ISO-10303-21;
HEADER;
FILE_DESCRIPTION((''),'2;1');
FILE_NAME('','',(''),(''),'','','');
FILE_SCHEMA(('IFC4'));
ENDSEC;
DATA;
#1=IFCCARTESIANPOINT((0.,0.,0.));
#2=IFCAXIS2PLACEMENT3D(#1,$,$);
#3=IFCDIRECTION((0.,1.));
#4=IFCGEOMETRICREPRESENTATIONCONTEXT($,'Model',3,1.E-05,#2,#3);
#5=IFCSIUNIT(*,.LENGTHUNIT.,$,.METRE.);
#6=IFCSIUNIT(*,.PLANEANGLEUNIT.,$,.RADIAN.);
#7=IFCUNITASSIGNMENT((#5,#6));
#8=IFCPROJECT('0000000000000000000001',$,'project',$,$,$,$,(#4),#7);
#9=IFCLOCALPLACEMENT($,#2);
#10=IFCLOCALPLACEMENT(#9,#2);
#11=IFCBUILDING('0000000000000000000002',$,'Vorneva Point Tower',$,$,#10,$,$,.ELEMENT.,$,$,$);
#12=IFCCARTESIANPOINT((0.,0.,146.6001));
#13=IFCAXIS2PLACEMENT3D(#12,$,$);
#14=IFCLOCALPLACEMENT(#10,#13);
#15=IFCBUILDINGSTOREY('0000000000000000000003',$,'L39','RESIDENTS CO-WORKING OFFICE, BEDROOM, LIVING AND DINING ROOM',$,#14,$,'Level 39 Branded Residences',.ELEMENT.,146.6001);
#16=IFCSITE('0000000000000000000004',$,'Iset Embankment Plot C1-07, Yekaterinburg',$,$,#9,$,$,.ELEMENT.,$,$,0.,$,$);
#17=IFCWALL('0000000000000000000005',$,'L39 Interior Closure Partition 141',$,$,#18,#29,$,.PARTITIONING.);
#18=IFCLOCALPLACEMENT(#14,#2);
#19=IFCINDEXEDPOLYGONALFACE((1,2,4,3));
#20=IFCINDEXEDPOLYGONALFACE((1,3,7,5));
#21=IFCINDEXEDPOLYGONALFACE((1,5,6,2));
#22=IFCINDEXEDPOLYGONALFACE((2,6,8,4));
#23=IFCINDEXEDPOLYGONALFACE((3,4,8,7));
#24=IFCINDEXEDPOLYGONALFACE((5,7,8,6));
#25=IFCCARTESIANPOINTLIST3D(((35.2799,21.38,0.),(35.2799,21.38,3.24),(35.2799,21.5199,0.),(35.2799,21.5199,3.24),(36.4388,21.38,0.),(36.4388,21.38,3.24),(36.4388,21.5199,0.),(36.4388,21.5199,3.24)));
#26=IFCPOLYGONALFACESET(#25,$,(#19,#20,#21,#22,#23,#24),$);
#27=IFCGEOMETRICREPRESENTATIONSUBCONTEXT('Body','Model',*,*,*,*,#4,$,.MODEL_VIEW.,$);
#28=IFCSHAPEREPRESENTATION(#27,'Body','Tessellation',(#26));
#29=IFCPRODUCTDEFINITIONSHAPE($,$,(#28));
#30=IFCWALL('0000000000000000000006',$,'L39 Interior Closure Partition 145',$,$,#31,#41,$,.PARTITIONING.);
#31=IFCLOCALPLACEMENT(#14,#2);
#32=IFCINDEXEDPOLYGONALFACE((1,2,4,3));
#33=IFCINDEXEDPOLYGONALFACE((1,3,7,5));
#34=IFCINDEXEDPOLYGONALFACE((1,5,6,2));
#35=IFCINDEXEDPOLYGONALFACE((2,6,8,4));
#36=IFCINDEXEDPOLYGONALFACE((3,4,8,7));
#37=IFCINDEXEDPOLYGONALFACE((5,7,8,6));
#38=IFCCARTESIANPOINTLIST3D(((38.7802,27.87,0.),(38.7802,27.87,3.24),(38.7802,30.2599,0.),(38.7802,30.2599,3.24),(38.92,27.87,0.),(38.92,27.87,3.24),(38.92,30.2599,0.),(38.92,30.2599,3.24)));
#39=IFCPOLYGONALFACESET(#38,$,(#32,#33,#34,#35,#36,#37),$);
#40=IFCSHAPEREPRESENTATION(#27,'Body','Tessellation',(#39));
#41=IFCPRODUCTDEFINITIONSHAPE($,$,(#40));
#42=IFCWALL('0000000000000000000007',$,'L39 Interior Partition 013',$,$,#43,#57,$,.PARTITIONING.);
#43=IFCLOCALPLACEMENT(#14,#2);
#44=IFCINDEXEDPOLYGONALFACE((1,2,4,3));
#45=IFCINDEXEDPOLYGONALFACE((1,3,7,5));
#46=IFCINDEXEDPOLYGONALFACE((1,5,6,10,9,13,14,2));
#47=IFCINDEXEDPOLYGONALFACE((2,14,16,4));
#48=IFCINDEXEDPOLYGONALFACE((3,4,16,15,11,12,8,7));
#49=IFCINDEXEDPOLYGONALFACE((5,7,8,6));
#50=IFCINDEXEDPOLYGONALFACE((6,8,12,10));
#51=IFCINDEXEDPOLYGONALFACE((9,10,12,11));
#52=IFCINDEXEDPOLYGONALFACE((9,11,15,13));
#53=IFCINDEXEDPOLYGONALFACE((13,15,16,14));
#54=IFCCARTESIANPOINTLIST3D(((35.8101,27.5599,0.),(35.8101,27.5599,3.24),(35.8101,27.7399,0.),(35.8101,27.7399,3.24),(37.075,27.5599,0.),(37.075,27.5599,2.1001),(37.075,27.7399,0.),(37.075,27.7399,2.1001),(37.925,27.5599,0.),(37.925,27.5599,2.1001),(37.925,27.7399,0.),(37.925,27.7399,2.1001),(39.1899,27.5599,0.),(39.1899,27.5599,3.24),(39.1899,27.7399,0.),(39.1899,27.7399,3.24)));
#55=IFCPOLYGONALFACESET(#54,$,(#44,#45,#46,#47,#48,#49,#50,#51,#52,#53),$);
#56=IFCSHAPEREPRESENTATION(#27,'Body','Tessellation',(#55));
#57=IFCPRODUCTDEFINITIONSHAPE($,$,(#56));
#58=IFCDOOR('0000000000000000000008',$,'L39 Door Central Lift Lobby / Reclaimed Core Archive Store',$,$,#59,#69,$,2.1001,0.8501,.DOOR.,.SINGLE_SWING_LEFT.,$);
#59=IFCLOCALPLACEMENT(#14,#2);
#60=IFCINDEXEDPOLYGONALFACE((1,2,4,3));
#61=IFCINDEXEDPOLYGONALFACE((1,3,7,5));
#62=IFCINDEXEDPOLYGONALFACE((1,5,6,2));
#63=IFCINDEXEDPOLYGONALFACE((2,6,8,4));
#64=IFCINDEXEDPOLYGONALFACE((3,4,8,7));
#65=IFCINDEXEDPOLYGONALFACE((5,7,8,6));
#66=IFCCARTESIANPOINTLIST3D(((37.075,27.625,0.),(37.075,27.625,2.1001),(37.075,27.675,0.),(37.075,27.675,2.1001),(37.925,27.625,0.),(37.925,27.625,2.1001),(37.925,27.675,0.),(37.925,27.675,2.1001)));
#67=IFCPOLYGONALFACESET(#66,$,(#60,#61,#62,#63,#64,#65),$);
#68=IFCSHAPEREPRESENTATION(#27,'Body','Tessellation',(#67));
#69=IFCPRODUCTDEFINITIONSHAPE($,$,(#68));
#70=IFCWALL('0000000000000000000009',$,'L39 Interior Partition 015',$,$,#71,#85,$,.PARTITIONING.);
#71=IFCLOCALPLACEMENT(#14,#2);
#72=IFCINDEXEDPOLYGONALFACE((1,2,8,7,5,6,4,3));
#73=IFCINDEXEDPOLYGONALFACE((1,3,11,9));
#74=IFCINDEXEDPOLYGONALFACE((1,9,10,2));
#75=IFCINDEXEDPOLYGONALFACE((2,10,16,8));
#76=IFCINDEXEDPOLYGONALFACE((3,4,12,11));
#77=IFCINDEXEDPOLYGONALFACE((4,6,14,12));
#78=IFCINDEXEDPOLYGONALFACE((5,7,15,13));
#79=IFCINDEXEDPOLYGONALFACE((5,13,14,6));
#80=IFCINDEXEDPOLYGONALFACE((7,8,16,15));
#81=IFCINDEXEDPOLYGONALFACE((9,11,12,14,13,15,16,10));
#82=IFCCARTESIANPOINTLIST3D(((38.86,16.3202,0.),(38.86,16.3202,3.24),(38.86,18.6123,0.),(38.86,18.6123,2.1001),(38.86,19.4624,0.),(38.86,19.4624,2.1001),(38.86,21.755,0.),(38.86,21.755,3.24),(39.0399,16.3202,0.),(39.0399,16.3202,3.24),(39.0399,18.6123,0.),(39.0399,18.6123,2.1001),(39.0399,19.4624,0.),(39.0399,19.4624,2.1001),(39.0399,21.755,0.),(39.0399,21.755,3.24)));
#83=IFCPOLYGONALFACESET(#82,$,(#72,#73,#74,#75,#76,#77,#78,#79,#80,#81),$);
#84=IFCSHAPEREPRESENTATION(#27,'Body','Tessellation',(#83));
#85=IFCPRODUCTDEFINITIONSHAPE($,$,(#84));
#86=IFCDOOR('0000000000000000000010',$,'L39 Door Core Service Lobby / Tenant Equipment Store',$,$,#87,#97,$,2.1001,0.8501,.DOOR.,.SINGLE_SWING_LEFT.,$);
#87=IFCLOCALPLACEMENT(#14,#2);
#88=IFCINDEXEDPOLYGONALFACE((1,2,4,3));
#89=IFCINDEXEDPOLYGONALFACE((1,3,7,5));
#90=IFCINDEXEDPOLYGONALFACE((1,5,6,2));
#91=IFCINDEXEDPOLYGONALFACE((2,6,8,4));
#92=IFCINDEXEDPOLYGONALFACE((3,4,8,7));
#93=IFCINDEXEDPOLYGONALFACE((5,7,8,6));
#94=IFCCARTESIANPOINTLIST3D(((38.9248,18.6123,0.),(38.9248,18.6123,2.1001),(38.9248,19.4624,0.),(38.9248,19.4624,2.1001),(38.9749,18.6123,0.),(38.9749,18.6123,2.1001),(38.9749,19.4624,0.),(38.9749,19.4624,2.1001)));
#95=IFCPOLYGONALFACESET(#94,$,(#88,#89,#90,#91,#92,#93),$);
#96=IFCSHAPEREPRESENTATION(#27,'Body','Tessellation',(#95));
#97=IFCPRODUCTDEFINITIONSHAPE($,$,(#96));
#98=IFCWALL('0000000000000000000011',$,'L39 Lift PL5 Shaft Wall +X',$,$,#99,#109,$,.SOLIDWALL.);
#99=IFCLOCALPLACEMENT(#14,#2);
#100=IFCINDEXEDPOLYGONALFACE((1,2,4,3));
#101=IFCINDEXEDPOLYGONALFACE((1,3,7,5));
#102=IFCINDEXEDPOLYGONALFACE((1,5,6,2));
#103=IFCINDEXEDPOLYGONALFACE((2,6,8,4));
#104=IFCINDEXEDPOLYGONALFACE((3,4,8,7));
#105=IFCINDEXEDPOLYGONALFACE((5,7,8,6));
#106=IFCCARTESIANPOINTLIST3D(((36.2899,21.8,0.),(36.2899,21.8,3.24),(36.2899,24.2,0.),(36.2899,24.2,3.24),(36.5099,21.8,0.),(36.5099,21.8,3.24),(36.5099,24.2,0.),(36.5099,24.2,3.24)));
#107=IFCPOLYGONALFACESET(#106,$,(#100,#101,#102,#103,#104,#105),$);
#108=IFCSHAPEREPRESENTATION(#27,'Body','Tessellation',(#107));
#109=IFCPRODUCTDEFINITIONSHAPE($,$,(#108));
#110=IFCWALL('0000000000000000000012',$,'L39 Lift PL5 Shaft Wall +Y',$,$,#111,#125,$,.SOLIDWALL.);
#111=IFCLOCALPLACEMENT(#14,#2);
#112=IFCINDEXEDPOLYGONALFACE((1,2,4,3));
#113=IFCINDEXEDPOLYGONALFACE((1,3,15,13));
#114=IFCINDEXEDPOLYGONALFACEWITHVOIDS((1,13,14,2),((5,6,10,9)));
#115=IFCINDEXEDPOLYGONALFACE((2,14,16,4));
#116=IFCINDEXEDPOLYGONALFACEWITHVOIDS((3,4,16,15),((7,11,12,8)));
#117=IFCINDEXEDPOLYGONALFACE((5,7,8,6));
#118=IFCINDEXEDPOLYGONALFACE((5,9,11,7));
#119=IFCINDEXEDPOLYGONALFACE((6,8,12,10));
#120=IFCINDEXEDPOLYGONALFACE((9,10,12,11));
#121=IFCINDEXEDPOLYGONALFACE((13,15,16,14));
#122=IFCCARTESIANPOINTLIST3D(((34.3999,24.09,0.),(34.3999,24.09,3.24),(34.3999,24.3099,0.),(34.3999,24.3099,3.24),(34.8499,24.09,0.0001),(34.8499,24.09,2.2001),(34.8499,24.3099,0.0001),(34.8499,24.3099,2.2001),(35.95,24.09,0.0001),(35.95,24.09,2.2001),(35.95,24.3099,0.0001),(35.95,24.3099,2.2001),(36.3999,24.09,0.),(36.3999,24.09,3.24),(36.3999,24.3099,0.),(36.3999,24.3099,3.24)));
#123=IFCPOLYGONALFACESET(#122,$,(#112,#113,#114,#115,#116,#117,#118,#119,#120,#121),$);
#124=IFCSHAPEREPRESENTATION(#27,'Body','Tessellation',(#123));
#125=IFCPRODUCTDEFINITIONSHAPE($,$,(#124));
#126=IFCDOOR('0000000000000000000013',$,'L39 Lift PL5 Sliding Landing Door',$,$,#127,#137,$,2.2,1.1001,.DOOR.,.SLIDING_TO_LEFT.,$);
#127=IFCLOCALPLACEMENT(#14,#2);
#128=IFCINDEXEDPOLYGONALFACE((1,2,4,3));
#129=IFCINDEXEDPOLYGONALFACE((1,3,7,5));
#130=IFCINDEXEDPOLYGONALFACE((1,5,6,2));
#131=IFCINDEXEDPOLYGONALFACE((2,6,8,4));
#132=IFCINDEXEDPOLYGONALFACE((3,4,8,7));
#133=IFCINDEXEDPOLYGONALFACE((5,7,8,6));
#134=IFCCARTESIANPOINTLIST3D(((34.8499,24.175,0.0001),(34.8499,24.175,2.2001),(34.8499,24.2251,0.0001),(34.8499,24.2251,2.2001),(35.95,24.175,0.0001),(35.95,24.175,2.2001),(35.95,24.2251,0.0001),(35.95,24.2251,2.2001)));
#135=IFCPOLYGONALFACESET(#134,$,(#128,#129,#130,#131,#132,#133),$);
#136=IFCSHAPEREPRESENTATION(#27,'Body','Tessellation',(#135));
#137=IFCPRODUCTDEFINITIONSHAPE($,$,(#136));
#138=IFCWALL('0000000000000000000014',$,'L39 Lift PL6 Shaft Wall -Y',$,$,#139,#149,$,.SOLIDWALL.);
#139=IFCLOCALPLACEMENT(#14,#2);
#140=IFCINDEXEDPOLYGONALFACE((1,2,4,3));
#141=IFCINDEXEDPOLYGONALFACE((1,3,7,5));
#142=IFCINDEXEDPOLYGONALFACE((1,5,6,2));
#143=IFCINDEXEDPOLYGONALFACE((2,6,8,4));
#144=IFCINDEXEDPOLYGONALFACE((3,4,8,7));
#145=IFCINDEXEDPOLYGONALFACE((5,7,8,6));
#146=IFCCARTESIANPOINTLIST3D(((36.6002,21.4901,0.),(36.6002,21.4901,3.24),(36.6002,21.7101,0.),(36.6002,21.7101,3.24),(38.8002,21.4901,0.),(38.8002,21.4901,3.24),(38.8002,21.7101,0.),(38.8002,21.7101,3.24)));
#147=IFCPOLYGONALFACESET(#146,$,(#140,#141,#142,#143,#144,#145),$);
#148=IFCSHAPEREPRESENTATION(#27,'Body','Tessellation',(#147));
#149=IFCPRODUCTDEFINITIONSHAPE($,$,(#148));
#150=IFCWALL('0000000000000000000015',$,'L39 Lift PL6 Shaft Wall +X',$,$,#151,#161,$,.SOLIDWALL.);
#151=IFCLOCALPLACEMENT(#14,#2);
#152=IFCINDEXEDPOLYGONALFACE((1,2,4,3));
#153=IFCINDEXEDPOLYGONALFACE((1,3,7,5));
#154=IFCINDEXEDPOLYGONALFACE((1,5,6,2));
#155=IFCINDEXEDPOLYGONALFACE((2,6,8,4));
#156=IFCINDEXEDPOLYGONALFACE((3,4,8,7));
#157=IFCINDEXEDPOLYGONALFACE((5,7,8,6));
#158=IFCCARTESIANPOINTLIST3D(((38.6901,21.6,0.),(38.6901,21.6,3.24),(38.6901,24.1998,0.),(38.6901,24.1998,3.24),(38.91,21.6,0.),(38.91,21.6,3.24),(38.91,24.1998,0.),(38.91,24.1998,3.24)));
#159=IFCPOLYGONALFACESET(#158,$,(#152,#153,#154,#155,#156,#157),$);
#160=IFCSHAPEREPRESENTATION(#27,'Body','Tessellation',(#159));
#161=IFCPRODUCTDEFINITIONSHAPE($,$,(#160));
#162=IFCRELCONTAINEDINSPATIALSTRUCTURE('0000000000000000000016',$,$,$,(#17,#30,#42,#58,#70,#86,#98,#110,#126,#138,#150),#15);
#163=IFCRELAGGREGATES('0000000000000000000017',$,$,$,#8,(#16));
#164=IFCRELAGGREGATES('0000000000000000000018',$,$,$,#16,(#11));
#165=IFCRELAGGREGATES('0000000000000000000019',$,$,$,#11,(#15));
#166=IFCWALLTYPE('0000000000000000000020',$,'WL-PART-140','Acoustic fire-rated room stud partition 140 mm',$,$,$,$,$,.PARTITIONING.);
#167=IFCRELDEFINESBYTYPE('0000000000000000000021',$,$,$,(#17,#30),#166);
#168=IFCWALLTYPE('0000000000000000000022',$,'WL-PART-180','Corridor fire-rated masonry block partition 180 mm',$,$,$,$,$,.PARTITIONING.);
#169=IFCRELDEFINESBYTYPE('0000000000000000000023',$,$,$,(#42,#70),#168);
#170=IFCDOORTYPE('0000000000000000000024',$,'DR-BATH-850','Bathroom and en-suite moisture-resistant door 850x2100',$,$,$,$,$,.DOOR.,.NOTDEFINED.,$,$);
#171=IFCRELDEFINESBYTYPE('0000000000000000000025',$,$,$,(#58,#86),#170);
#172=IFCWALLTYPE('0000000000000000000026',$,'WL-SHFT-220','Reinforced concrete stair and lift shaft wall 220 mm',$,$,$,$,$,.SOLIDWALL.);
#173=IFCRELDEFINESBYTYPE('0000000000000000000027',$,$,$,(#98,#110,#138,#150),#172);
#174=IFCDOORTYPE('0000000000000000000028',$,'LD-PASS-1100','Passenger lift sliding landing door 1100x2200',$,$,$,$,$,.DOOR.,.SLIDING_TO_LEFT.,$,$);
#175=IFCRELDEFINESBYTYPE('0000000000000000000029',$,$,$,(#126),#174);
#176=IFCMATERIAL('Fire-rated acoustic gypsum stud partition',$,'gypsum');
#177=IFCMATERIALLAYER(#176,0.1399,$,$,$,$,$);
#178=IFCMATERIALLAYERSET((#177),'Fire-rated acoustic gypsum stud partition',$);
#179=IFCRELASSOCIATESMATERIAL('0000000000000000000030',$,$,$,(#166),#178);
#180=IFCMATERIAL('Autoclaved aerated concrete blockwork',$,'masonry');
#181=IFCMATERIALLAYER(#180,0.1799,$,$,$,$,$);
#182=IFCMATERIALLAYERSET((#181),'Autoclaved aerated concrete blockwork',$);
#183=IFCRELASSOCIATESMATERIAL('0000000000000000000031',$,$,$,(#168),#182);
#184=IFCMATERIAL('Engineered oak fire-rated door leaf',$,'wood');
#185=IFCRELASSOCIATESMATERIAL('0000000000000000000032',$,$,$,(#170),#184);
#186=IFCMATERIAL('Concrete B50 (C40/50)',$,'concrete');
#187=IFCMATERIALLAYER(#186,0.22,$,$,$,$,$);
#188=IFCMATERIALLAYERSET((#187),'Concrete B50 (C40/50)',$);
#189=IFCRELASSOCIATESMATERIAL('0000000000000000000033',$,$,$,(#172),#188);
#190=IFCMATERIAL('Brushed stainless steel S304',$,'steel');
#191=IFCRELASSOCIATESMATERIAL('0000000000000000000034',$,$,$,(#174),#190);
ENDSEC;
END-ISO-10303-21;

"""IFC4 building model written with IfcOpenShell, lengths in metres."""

from ifc_helpers import new_model, si_unit, direction, frame, frame_2d, origin, place, context, subcontext, project, spatial, rectangle, extrude, material, layer, layer_set, type_object, element, fill, save


model = new_model("IFC4")

# Units and contexts
model_context = context("Model", 3, precision=1e-05, world=origin(), true_north=direction((0.0, 1.0)))
body_context = subcontext(model_context, "Body", "Model", "MODEL_VIEW")
ifc_project = project(units=[si_unit("LENGTHUNIT", "METRE"), si_unit("PLANEANGLEUNIT", "RADIAN")], contexts=[model_context])

# Site, building, storey
site_placement = place(None, origin())
site = spatial("IfcSite", under=ifc_project, at=site_placement, Name="Iset Embankment Plot C1-07, Yekaterinburg", CompositionType="ELEMENT", RefElevation=0.0)
building_placement = place(site_placement, origin())
building = spatial("IfcBuilding", under=site, at=building_placement, Name="Vorneva Point Tower", CompositionType="ELEMENT")
storey_placement = place(building_placement, frame((0.0, 0.0, 146.6001)))
storey = spatial("IfcBuildingStorey", under=building, at=storey_placement, Name="L39", Description="RESIDENTS CO-WORKING OFFICE, BEDROOM, LIVING AND DINING ROOM", LongName="Level 39 Branded Residences", CompositionType="ELEMENT", Elevation=146.6001)

# Walls
ifc_material_1 = material(Name="Fire-rated acoustic gypsum stud partition", Category="gypsum")
ifc_layer_1 = layer(ifc_material_1, 0.1399)
ifc_layer_set_1 = layer_set([ifc_layer_1], Name="Fire-rated acoustic gypsum stud partition")
wall_type_1 = type_object("IfcWallType", Name="WL-PART-140", Description="Acoustic fire-rated room stud partition 140 mm", PredefinedType="PARTITIONING", material=ifc_layer_set_1)
wall_1_placement = place(storey_placement, frame((36.439, 21.45, 0.0), z_axis=(0.0, 0.0, 1.0), x_axis=(-1.0, 0.0, 0.0)))
element("IfcWall", 1, at=wall_1_placement, inside=storey, type_object=wall_type_1, Name="L39 Interior Closure Partition 141", PredefinedType="PARTITIONING", context=body_context, shape_type="SweptSolid", body=[
    extrude(rectangle(XDim=1.1589, YDim=0.1399, at=frame_2d((0.5796, 0.0))), origin(), (0.0, 0.0, 1.0), 3.24),
])
wall_2_placement = place(storey_placement, frame((38.8501, 27.8701, 0.0), z_axis=(0.0, 0.0, 1.0), x_axis=(0.0, 1.0, 0.0)))
element("IfcWall", 2, at=wall_2_placement, inside=storey, type_object=wall_type_1, Name="L39 Interior Closure Partition 145", PredefinedType="PARTITIONING", context=body_context, shape_type="SweptSolid", body=[
    extrude(rectangle(XDim=2.3899, YDim=0.1399, at=frame_2d((1.1948, 0.0))), origin(), (0.0, 0.0, 1.0), 3.24),
])

# Walls, openings, doors
ifc_material_2 = material(Name="Autoclaved aerated concrete blockwork", Category="masonry")
ifc_layer_2 = layer(ifc_material_2, 0.1799)
ifc_layer_set_2 = layer_set([ifc_layer_2], Name="Autoclaved aerated concrete blockwork")
wall_type_2 = type_object("IfcWallType", Name="WL-PART-180", Description="Corridor fire-rated masonry block partition 180 mm", PredefinedType="PARTITIONING", material=ifc_layer_set_2)
wall_3_placement = place(storey_placement, frame((39.1899, 27.6499, 0.0), z_axis=(0.0, 0.0, 1.0), x_axis=(-1.0, 0.0, 0.0)))
wall_3 = element("IfcWall", 3, at=wall_3_placement, inside=storey, type_object=wall_type_2, Name="L39 Interior Partition 013", PredefinedType="PARTITIONING", context=body_context, shape_type="SweptSolid", body=[
    extrude(rectangle(XDim=3.3799, YDim=0.1799, at=frame_2d((1.6899, 0.0))), origin(), (0.0, 0.0, 1.0), 3.24),
])
opening_1_placement = place(wall_3_placement, frame((1.2649, 0.0, 0.0)))
opening_1 = element("IfcOpeningElement", 4, at=opening_1_placement, cuts=wall_3, PredefinedType="OPENING", context=body_context, shape_type="SweptSolid", body=[
    extrude(rectangle(XDim=0.8501, YDim=2.1001, at=frame_2d((0.425, 1.05))), frame((0.0, 0.105, 0.0), z_axis=(0.0, -1.0, 0.0), x_axis=(1.0, 0.0, 0.0)), (0.0, 0.0, 1.0), 0.2097),
])
ifc_material_3 = material(Name="Engineered oak fire-rated door leaf", Category="wood")
door_type_1 = type_object("IfcDoorType", Name="DR-BATH-850", Description="Bathroom and en-suite moisture-resistant door 850x2100", OperationType="NOTDEFINED", PredefinedType="DOOR", material=ifc_material_3)
door_1_placement = place(opening_1_placement, origin())
door_1 = element("IfcDoor", 5, at=door_1_placement, inside=storey, type_object=door_type_1, Name="L39 Door Central Lift Lobby / Reclaimed Core Archive Store", OperationType="SINGLE_SWING_LEFT", OverallHeight=2.1001, OverallWidth=0.8501, PredefinedType="DOOR", context=body_context, shape_type="SweptSolid", body=[
    extrude(rectangle(XDim=0.8501, YDim=2.1001, at=frame_2d((0.425, 1.05))), frame((0.0, 0.0249, 0.0), z_axis=(0.0, -1.0, 0.0), x_axis=(1.0, 0.0, 0.0)), (0.0, 0.0, 1.0), 0.05),
])
fill(opening_1, door_1)
wall_4_placement = place(storey_placement, frame((38.95, 21.7549, 0.0), z_axis=(0.0, 0.0, 1.0), x_axis=(0.0, -1.0, 0.0)))
wall_4 = element("IfcWall", 6, at=wall_4_placement, inside=storey, type_object=wall_type_2, Name="L39 Interior Partition 015", PredefinedType="PARTITIONING", context=body_context, shape_type="SweptSolid", body=[
    extrude(rectangle(XDim=5.4348, YDim=0.1799, at=frame_2d((2.7173, 0.0))), origin(), (0.0, 0.0, 1.0), 3.24),
])
opening_2_placement = place(wall_4_placement, frame((2.2925, 0.0, 0.0)))
opening_2 = element("IfcOpeningElement", 7, at=opening_2_placement, cuts=wall_4, PredefinedType="OPENING", context=body_context, shape_type="SweptSolid", body=[
    extrude(rectangle(XDim=0.8501, YDim=2.1001, at=frame_2d((0.425, 1.05))), frame((0.0, 0.105, 0.0), z_axis=(0.0, -1.0, 0.0), x_axis=(1.0, 0.0, 0.0)), (0.0, 0.0, 1.0), 0.2097),
])
door_2_placement = place(opening_2_placement, origin())
door_2 = element("IfcDoor", 8, at=door_2_placement, inside=storey, type_object=door_type_1, Name="L39 Door Core Service Lobby / Tenant Equipment Store", OperationType="SINGLE_SWING_LEFT", OverallHeight=2.1001, OverallWidth=0.8501, PredefinedType="DOOR", context=body_context, shape_type="SweptSolid", body=[
    extrude(rectangle(XDim=0.8501, YDim=2.1001, at=frame_2d((0.425, 1.05))), frame((0.0, 0.0249, 0.0), z_axis=(0.0, -1.0, 0.0), x_axis=(1.0, 0.0, 0.0)), (0.0, 0.0, 1.0), 0.05),
])
fill(opening_2, door_2)

# Wall
ifc_material_4 = material(Name="Concrete B50 (C40/50)", Category="concrete")
ifc_layer_3 = layer(ifc_material_4, 0.22)
ifc_layer_set_3 = layer_set([ifc_layer_3], Name="Concrete B50 (C40/50)")
wall_type_3 = type_object("IfcWallType", Name="WL-SHFT-220", Description="Reinforced concrete stair and lift shaft wall 220 mm", PredefinedType="SOLIDWALL", material=ifc_layer_set_3)
wall_5_placement = place(storey_placement, frame((36.3999, 21.8, 0.0), z_axis=(0.0, 0.0, 1.0), x_axis=(0.0, 1.0, 0.0)))
element("IfcWall", 9, at=wall_5_placement, inside=storey, type_object=wall_type_3, Name="L39 Lift PL5 Shaft Wall +X", PredefinedType="SOLIDWALL", context=body_context, shape_type="SweptSolid", body=[
    extrude(rectangle(XDim=2.3999, YDim=0.22, at=frame_2d((1.2, 0.0))), origin(), (0.0, 0.0, 1.0), 3.24),
])

# Wall, opening, door
wall_6_placement = place(storey_placement, frame((36.3999, 24.2, 0.0), z_axis=(0.0, 0.0, 1.0), x_axis=(-1.0, 0.0, 0.0)))
wall_6 = element("IfcWall", 10, at=wall_6_placement, inside=storey, type_object=wall_type_3, Name="L39 Lift PL5 Shaft Wall +Y", PredefinedType="SOLIDWALL", context=body_context, shape_type="SweptSolid", body=[
    extrude(rectangle(XDim=2.0, YDim=0.22, at=frame_2d((1.0, 0.0))), origin(), (0.0, 0.0, 1.0), 3.24),
])
opening_3_placement = place(wall_6_placement, frame((0.45, 0.0, 0.0)))
opening_3 = element("IfcOpeningElement", 11, at=opening_3_placement, cuts=wall_6, PredefinedType="OPENING", context=body_context, shape_type="SweptSolid", body=[
    extrude(rectangle(XDim=1.1001, YDim=2.2, at=frame_2d((0.55, 1.1001))), frame((0.0, 0.125, 0.0), z_axis=(0.0, -1.0, 0.0), x_axis=(1.0, 0.0, 0.0)), (0.0, 0.0, 1.0), 0.2498),
])
ifc_material_5 = material(Name="Brushed stainless steel S304", Category="steel")
door_type_2 = type_object("IfcDoorType", Name="LD-PASS-1100", Description="Passenger lift sliding landing door 1100x2200", OperationType="SLIDING_TO_LEFT", PredefinedType="DOOR", material=ifc_material_5)
door_3_placement = place(opening_3_placement, origin())
door_3 = element("IfcDoor", 12, at=door_3_placement, inside=storey, type_object=door_type_2, Name="L39 Lift PL5 Sliding Landing Door", OperationType="SLIDING_TO_LEFT", OverallHeight=2.2, OverallWidth=1.1001, PredefinedType="DOOR", context=body_context, shape_type="SweptSolid", body=[
    extrude(rectangle(XDim=1.1001, YDim=2.2, at=frame_2d((0.55, 1.1001))), frame((0.0, 0.0249, 0.0), z_axis=(0.0, -1.0, 0.0), x_axis=(1.0, 0.0, 0.0)), (0.0, 0.0, 1.0), 0.05),
])
fill(opening_3, door_3)

# Walls
wall_7_placement = place(storey_placement, frame((36.6001, 21.6001, 0.0), z_axis=(0.0, 0.0, 1.0), x_axis=(1.0, 0.0, 0.0)))
element("IfcWall", 13, at=wall_7_placement, inside=storey, type_object=wall_type_3, Name="L39 Lift PL6 Shaft Wall -Y", PredefinedType="SOLIDWALL", context=body_context, shape_type="SweptSolid", body=[
    extrude(rectangle(XDim=2.2, YDim=0.22, at=frame_2d((1.1001, 0.0))), origin(), (0.0, 0.0, 1.0), 3.24),
])
wall_8_placement = place(storey_placement, frame((38.8, 21.6001, 0.0), z_axis=(0.0, 0.0, 1.0), x_axis=(0.0, 1.0, 0.0)))
element("IfcWall", 14, at=wall_8_placement, inside=storey, type_object=wall_type_3, Name="L39 Lift PL6 Shaft Wall +X", PredefinedType="SOLIDWALL", context=body_context, shape_type="SweptSolid", body=[
    extrude(rectangle(XDim=2.5999, YDim=0.22, at=frame_2d((1.2998, 0.0))), origin(), (0.0, 0.0, 1.0), 3.24),
])

save(model, "model.ifc")
